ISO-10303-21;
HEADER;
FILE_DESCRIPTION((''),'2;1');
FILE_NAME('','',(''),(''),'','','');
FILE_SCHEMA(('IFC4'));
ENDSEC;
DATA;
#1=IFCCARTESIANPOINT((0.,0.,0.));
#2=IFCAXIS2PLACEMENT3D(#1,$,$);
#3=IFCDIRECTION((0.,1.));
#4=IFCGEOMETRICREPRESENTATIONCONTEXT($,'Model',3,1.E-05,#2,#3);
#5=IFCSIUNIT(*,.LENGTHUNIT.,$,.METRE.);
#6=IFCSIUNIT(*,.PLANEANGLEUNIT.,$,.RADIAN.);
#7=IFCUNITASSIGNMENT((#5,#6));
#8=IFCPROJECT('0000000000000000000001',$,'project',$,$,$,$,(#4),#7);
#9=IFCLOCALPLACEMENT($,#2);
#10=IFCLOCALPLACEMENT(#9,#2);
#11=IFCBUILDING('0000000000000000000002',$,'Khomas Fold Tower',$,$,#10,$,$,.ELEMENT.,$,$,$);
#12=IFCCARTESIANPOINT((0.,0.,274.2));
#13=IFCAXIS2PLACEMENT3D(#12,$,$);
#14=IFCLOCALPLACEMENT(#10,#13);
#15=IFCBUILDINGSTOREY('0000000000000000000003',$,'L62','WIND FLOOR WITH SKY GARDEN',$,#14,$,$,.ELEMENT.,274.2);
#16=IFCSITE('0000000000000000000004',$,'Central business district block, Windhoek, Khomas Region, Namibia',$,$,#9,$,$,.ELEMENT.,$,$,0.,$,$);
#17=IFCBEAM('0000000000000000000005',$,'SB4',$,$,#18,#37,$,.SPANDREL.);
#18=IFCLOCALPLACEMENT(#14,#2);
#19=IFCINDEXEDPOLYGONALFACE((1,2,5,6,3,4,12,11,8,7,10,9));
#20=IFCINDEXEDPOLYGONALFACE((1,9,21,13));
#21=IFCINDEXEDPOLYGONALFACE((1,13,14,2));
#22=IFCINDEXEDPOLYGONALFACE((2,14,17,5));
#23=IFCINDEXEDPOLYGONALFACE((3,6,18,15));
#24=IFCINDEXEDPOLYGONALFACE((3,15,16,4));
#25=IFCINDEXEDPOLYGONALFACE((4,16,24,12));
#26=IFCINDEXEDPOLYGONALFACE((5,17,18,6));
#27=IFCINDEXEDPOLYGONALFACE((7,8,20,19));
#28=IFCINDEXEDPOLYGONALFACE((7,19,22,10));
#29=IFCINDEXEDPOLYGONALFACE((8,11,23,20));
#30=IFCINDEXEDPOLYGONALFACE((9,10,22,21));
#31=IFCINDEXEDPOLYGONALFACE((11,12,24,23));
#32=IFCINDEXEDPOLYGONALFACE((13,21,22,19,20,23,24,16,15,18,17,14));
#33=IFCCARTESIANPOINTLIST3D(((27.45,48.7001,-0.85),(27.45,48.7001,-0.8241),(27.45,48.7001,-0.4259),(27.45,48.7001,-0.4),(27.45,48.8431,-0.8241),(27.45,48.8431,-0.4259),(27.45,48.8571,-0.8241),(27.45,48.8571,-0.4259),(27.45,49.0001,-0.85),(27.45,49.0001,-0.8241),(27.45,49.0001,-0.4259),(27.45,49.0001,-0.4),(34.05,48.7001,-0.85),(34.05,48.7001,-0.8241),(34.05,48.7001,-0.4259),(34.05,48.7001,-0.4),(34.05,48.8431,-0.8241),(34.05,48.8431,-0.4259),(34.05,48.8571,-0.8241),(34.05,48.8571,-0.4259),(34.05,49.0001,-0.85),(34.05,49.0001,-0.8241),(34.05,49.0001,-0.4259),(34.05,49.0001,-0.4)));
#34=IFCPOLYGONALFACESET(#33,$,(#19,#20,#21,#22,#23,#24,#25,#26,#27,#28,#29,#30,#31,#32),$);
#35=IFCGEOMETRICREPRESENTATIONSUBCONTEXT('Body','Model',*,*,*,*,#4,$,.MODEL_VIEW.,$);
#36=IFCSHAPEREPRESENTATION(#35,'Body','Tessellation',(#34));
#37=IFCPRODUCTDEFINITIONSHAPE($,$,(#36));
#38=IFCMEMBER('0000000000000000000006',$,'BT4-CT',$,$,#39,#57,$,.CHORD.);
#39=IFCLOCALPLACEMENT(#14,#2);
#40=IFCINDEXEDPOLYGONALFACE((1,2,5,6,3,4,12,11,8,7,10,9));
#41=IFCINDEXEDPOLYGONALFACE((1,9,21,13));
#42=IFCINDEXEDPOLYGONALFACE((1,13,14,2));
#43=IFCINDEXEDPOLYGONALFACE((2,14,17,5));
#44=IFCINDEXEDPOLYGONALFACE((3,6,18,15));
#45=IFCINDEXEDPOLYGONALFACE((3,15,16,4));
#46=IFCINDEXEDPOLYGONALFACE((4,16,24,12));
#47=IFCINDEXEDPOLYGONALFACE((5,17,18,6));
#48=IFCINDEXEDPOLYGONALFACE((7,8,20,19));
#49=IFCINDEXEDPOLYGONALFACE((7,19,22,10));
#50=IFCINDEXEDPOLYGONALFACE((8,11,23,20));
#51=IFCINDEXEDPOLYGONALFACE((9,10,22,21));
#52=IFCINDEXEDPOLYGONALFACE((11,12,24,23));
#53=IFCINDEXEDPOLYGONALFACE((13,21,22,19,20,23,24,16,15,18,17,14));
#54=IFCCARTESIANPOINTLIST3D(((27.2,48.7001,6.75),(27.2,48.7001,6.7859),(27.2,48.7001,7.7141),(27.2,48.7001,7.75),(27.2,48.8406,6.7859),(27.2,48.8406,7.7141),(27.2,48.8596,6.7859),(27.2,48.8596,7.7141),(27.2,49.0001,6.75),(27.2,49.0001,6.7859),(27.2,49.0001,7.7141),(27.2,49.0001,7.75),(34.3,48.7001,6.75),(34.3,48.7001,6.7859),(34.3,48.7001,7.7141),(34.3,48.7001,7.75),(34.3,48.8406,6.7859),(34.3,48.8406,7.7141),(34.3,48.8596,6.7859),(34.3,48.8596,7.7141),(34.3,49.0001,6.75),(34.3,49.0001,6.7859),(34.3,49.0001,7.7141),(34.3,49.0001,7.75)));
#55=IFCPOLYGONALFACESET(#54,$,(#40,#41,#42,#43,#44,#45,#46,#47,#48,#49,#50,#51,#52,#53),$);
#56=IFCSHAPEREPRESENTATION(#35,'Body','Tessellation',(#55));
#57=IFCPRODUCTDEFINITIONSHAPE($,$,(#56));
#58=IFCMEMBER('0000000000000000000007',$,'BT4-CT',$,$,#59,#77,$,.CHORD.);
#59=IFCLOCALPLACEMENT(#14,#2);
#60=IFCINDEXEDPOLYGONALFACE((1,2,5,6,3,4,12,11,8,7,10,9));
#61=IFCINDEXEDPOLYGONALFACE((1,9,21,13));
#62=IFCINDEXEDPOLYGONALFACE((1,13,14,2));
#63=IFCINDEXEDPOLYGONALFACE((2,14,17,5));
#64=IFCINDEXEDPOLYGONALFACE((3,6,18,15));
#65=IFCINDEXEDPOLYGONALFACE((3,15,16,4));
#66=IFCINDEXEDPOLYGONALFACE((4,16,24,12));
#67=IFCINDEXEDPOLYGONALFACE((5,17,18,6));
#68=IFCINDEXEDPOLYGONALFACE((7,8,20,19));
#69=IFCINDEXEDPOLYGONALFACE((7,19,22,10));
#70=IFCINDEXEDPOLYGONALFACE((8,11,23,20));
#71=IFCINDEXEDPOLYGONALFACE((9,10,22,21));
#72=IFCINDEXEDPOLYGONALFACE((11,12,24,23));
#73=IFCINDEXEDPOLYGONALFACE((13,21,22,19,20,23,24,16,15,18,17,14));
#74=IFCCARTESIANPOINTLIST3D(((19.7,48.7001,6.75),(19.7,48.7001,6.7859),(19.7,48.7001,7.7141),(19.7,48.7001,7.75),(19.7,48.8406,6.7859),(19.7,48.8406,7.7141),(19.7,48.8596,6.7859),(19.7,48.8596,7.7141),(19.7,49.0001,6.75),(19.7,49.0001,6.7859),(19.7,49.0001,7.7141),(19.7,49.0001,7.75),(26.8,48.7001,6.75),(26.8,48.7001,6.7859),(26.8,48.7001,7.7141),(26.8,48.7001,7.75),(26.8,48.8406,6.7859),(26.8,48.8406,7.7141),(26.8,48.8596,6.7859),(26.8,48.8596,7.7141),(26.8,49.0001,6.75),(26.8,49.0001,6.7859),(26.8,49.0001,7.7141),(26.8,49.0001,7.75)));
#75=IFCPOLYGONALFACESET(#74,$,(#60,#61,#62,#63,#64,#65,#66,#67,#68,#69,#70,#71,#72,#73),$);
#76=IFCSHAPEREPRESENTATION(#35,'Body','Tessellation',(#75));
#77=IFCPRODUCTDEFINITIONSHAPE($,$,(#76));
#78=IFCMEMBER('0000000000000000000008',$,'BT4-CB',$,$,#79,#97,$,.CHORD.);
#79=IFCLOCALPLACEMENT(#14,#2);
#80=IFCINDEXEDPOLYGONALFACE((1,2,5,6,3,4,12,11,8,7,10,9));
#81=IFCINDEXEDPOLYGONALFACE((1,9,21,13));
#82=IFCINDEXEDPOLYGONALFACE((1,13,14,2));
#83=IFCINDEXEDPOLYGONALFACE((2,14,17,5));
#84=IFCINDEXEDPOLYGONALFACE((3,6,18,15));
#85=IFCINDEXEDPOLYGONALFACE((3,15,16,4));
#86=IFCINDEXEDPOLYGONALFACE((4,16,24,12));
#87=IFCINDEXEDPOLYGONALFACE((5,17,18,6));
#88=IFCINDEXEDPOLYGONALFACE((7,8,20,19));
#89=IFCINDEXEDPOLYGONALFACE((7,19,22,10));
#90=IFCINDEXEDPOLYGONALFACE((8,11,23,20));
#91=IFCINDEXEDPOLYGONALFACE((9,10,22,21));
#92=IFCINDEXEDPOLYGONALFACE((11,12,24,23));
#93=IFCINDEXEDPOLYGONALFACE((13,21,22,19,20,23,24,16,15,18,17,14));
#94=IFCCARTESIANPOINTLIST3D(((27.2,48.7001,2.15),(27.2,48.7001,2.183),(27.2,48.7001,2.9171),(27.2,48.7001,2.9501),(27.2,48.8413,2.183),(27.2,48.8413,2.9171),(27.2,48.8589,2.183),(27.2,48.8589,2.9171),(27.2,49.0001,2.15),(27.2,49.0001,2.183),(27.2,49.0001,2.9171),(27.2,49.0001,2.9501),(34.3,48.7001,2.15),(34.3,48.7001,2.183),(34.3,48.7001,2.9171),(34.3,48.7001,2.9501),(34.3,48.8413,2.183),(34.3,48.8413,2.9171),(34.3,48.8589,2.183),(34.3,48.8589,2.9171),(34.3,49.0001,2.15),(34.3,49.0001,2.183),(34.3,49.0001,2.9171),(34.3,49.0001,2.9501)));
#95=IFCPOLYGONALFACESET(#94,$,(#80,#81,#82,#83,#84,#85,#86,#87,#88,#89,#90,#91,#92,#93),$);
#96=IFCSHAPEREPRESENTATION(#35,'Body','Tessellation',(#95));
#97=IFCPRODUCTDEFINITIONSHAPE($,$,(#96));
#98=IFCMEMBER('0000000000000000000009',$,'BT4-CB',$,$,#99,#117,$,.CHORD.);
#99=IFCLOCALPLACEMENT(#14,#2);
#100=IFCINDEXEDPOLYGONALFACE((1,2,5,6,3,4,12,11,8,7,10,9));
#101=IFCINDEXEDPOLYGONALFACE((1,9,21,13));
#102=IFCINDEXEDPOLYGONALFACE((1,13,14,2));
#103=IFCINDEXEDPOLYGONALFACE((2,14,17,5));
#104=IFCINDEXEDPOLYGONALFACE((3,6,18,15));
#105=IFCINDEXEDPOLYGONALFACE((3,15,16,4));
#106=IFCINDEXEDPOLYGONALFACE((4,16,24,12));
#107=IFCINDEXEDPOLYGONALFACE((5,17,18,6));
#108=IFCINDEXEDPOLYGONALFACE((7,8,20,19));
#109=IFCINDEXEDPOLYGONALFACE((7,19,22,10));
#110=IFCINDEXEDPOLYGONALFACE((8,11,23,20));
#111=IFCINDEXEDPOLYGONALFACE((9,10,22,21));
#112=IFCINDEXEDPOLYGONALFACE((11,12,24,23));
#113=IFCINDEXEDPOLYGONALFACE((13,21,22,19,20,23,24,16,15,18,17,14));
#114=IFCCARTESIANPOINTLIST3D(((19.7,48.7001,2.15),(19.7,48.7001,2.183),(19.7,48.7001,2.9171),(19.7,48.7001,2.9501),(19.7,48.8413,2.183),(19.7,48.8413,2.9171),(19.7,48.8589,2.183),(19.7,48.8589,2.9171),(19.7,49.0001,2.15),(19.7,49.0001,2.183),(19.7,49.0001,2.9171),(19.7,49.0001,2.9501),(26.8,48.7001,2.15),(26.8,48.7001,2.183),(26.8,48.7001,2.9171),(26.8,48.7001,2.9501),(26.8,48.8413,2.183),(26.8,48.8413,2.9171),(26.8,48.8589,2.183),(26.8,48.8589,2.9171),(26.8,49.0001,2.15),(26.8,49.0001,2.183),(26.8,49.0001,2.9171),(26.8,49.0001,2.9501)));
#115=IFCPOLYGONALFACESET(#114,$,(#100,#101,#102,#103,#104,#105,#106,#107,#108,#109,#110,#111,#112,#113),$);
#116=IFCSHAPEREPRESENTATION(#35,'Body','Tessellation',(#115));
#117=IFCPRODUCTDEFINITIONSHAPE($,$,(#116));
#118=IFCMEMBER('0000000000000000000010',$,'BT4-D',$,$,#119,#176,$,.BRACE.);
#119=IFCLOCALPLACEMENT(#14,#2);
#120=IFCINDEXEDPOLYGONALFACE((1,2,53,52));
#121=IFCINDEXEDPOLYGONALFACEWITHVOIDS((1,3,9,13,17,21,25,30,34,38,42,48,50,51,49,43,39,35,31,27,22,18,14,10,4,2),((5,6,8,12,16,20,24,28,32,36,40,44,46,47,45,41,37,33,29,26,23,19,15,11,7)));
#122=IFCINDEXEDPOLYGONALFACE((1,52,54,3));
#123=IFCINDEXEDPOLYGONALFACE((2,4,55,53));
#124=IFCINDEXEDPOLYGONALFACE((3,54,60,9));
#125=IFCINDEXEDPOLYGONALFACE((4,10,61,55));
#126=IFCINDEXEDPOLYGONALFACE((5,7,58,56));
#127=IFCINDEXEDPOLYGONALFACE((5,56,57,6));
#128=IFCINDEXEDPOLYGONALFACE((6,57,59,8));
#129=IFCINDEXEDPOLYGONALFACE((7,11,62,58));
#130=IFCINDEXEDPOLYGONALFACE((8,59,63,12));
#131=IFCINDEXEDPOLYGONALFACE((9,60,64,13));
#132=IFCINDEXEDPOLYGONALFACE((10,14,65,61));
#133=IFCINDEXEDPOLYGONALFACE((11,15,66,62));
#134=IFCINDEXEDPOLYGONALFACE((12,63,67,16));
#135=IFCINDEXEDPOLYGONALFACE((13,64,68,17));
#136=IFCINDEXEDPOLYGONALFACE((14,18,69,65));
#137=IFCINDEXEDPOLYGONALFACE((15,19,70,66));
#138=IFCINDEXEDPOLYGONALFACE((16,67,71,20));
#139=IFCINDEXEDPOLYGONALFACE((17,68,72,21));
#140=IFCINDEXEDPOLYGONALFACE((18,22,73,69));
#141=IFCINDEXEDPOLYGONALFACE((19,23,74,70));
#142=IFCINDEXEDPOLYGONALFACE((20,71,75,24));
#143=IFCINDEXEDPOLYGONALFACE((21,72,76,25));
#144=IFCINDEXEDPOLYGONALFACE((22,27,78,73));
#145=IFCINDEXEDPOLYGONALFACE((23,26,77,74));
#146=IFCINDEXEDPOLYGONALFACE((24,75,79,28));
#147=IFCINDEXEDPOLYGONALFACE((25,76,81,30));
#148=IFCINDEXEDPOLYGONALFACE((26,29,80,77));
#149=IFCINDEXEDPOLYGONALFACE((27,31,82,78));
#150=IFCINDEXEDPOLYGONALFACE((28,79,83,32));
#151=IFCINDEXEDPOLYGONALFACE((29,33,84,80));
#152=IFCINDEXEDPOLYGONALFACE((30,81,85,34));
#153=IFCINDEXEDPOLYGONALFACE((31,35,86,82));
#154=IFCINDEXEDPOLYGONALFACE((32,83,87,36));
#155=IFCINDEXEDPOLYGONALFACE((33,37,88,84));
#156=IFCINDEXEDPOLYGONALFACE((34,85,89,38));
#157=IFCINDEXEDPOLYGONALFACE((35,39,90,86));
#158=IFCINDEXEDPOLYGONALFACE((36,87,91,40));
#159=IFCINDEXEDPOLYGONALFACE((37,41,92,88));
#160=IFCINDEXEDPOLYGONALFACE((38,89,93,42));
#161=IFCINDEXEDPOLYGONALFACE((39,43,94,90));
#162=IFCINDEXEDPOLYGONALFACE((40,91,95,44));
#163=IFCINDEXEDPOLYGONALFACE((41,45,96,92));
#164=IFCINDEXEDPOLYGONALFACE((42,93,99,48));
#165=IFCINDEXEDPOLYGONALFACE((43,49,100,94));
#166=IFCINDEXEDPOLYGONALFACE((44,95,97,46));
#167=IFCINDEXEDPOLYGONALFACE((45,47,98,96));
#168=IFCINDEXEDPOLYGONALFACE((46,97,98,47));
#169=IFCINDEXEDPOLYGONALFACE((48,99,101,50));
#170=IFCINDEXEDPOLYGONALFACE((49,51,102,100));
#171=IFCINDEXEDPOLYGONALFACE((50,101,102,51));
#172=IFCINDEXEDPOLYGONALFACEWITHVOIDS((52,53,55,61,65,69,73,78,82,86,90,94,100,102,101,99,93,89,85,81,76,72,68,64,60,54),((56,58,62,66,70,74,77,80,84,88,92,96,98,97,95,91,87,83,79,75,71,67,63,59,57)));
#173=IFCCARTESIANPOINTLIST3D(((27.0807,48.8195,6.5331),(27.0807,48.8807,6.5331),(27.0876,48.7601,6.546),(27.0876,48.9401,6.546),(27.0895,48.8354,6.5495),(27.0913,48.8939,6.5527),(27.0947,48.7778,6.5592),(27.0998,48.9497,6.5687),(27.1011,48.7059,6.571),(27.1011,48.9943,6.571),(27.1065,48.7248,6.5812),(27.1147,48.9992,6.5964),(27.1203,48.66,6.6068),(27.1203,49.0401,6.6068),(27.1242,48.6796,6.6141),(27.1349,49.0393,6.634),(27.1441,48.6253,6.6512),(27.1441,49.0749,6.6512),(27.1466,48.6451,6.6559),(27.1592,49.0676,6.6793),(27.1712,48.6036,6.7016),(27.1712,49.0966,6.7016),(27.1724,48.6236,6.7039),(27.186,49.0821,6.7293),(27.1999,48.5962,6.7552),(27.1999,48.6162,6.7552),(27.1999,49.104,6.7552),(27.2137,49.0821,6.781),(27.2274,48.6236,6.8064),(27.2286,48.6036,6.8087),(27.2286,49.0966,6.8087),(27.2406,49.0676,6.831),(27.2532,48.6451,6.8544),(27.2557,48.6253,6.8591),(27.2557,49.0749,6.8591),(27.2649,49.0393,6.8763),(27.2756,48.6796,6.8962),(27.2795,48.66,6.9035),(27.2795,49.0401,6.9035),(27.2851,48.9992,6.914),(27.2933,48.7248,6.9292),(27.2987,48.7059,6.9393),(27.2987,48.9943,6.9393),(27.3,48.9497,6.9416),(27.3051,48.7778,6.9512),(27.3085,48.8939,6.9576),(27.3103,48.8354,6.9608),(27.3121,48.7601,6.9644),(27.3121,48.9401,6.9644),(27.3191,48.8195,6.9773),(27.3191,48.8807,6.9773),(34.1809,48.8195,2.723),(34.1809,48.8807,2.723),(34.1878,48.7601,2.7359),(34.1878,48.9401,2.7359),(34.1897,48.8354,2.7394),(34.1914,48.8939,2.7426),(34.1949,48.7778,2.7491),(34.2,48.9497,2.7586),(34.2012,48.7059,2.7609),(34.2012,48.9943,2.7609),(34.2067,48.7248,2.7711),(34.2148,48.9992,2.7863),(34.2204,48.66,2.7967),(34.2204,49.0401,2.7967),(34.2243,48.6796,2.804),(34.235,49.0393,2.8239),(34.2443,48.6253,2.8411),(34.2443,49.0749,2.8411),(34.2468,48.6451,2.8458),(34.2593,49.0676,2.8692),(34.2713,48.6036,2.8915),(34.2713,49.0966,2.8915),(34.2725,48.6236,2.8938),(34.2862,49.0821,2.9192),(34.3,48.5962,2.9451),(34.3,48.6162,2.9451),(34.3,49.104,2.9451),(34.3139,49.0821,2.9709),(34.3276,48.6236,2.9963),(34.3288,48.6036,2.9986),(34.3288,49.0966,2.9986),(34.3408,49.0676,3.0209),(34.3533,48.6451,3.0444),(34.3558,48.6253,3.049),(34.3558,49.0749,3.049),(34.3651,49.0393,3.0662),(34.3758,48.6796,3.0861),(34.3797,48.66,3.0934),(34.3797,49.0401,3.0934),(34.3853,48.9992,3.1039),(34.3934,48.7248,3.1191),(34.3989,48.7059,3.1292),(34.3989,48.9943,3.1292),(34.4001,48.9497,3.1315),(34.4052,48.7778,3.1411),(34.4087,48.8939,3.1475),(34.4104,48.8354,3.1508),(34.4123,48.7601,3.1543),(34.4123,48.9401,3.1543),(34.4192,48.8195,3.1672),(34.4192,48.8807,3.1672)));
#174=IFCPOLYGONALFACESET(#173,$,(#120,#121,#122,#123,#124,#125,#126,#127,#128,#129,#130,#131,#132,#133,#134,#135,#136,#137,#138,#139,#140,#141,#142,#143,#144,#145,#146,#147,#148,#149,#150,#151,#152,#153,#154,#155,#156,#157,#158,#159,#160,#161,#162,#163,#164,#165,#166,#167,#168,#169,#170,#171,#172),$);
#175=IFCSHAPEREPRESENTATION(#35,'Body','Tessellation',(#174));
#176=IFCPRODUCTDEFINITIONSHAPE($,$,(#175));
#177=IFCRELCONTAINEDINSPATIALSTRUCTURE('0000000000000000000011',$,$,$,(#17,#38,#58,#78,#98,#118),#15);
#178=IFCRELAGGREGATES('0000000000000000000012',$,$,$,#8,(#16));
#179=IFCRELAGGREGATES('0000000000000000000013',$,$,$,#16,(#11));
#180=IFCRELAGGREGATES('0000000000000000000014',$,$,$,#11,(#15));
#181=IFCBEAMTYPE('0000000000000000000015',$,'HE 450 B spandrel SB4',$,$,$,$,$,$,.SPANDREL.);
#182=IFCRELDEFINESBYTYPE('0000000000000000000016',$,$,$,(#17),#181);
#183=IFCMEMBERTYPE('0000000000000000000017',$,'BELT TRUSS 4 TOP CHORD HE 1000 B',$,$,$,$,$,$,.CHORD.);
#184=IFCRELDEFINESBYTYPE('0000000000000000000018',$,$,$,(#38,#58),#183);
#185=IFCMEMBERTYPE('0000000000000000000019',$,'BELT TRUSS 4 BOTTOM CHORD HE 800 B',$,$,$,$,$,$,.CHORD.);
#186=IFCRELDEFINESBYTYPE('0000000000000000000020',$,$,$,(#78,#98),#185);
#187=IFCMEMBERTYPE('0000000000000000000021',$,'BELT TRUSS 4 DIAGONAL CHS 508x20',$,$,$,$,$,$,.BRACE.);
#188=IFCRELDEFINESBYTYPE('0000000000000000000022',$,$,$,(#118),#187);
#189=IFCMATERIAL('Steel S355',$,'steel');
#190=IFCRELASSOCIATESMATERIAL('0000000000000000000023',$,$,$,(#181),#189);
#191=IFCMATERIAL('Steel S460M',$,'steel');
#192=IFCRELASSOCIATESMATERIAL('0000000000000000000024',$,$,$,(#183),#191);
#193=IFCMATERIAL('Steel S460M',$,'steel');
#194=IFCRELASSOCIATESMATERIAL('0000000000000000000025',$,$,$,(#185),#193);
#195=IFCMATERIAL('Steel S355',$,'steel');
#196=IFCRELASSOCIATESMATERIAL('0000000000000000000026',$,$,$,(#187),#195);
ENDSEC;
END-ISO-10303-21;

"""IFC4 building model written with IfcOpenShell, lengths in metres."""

from ifc_helpers import new_model, si_unit, direction, frame, origin, origin_2d, place, context, subcontext, project, spatial, hollow_circle, i_section, extrude, source, transform, mapped, material, material_profile, profile_set, type_object, element, save


model = new_model("IFC4")

# Units and contexts
model_context = context("Model", 3, precision=1e-05, world=origin(), true_north=direction((0.0, 1.0)))
body_context = subcontext(model_context, "Body", "Model", "MODEL_VIEW")
ifc_project = project(units=[si_unit("LENGTHUNIT", "METRE"), si_unit("PLANEANGLEUNIT", "RADIAN")], contexts=[model_context])

# Site, building, storey
site_placement = place(None, origin())
site = spatial("IfcSite", under=ifc_project, at=site_placement, Name="Central business district block, Windhoek, Khomas Region, Namibia", CompositionType="ELEMENT", RefElevation=0.0)
building_placement = place(site_placement, origin())
building = spatial("IfcBuilding", under=site, at=building_placement, Name="Khomas Fold Tower", CompositionType="ELEMENT")
storey_placement = place(building_placement, frame((0.0, 0.0, 274.2)))
storey = spatial("IfcBuildingStorey", under=building, at=storey_placement, Name="L62", Description="WIND FLOOR WITH SKY GARDEN", CompositionType="ELEMENT", Elevation=274.2)

# Beam
ifc_material_1 = material(Name="Steel S355", Category="steel")
ifc_material_profile_1 = material_profile(ifc_material_1, i_section(OverallWidth=0.3, OverallDepth=0.45, WebThickness=0.0139, FlangeThickness=0.0259, at=origin_2d()), Name="HE 450 B")
ifc_profile_set_1 = profile_set([ifc_material_profile_1], Name="Steel S355")
beam_type_1 = type_object("IfcBeamType", Name="HE 450 B spandrel SB4", PredefinedType="SPANDREL", material=ifc_profile_set_1)
shared_shape_1 = source(origin(), body_context, "Body", "SweptSolid", [
    extrude(i_section(OverallWidth=0.3, OverallDepth=0.45, WebThickness=0.0139, FlangeThickness=0.0259, at=origin_2d()), origin(), (0.0, 0.0, 1.0), 6.6001),
])
beam_1_placement = place(storey_placement, frame((27.45, 48.8501, -0.625), z_axis=(1.0, 0.0, 0.0), x_axis=(0.0, 1.0, 0.0)))
element("IfcBeam", 1, at=beam_1_placement, inside=storey, type_object=beam_type_1, Name="SB4", PredefinedType="SPANDREL", context=body_context, shape_type="MappedRepresentation", body=[
    mapped(shared_shape_1, transform((0.0, 0.0, 0.0))),
])

# Members
ifc_material_2 = material(Name="Steel S460M", Category="steel")
ifc_material_profile_2 = material_profile(ifc_material_2, i_section(OverallWidth=0.3, OverallDepth=1.0, WebThickness=0.019, FlangeThickness=0.0359, at=origin_2d()), Name="HE 1000 B")
ifc_profile_set_2 = profile_set([ifc_material_profile_2], Name="Steel S460M")
member_type_1 = type_object("IfcMemberType", Name="BELT TRUSS 4 TOP CHORD HE 1000 B", PredefinedType="CHORD", material=ifc_profile_set_2)
shared_shape_2 = source(origin(), body_context, "Body", "SweptSolid", [
    extrude(i_section(OverallWidth=0.3, OverallDepth=1.0, WebThickness=0.019, FlangeThickness=0.0359, at=origin_2d()), origin(), (0.0, 0.0, 1.0), 7.1001),
])
for number, where, z_axis, x_axis, name in (
    (2, (34.3, 48.8501, 7.25), (-1.0, 0.0, 0.0), (0.0, -1.0, 0.0), "BT4-CT"),
    (3, (26.8, 48.8501, 7.25), (-1.0, 0.0, 0.0), (0.0, -1.0, 0.0), "BT4-CT"),
):
    element("IfcMember", number, at=place(storey_placement, frame(where, z_axis=z_axis, x_axis=x_axis)), inside=storey, type_object=member_type_1, Name=name, PredefinedType="CHORD", context=body_context, shape_type="MappedRepresentation", body=[
        mapped(shared_shape_2, transform((0.0, 0.0, 0.0))),
    ])
ifc_material_3 = material(Name="Steel S460M", Category="steel")
ifc_material_profile_3 = material_profile(ifc_material_3, i_section(OverallWidth=0.3, OverallDepth=0.8, WebThickness=0.0176, FlangeThickness=0.033, at=origin_2d()), Name="HE 800 B")
ifc_profile_set_3 = profile_set([ifc_material_profile_3], Name="Steel S460M")
member_type_2 = type_object("IfcMemberType", Name="BELT TRUSS 4 BOTTOM CHORD HE 800 B", PredefinedType="CHORD", material=ifc_profile_set_3)
shared_shape_3 = source(origin(), body_context, "Body", "SweptSolid", [
    extrude(i_section(OverallWidth=0.3, OverallDepth=0.8, WebThickness=0.0176, FlangeThickness=0.033, at=origin_2d()), origin(), (0.0, 0.0, 1.0), 7.1001),
])
for number, where, z_axis, x_axis, name in (
    (4, (34.3, 48.8501, 2.55), (-1.0, 0.0, 0.0), (0.0, -1.0, 0.0), "BT4-CB"),
    (5, (26.8, 48.8501, 2.55), (-1.0, 0.0, 0.0), (0.0, -1.0, 0.0), "BT4-CB"),
):
    element("IfcMember", number, at=place(storey_placement, frame(where, z_axis=z_axis, x_axis=x_axis)), inside=storey, type_object=member_type_2, Name=name, PredefinedType="CHORD", context=body_context, shape_type="MappedRepresentation", body=[
        mapped(shared_shape_3, transform((0.0, 0.0, 0.0))),
    ])
ifc_material_4 = material(Name="Steel S355", Category="steel")
ifc_material_profile_4 = material_profile(ifc_material_4, hollow_circle(Radius=0.2539, WallThickness=0.02, at=origin_2d()), Name="CHS 508x20")
ifc_profile_set_4 = profile_set([ifc_material_profile_4], Name="Steel S355")
member_type_3 = type_object("IfcMemberType", Name="BELT TRUSS 4 DIAGONAL CHS 508x20", PredefinedType="BRACE", material=ifc_profile_set_4)
shared_shape_4 = source(origin(), body_context, "Body", "SweptSolid", [
    extrude(hollow_circle(Radius=0.2539, WallThickness=0.02, at=origin_2d()), origin(), (0.0, 0.0, 1.0), 8.0579),
])
for number, where, z_axis, x_axis, name in (
    (6, (34.3, 48.8501, 2.9451), (-0.881147, 0.0, 0.472842), (0.0, -1.0, 0.0), "BT4-D"),
):
    element("IfcMember", number, at=place(storey_placement, frame(where, z_axis=z_axis, x_axis=x_axis)), inside=storey, type_object=member_type_3, Name=name, PredefinedType="BRACE", context=body_context, shape_type="MappedRepresentation", body=[
        mapped(shared_shape_4, transform((0.0, 0.0, 0.0))),
    ])

save(model, "model.ifc")
